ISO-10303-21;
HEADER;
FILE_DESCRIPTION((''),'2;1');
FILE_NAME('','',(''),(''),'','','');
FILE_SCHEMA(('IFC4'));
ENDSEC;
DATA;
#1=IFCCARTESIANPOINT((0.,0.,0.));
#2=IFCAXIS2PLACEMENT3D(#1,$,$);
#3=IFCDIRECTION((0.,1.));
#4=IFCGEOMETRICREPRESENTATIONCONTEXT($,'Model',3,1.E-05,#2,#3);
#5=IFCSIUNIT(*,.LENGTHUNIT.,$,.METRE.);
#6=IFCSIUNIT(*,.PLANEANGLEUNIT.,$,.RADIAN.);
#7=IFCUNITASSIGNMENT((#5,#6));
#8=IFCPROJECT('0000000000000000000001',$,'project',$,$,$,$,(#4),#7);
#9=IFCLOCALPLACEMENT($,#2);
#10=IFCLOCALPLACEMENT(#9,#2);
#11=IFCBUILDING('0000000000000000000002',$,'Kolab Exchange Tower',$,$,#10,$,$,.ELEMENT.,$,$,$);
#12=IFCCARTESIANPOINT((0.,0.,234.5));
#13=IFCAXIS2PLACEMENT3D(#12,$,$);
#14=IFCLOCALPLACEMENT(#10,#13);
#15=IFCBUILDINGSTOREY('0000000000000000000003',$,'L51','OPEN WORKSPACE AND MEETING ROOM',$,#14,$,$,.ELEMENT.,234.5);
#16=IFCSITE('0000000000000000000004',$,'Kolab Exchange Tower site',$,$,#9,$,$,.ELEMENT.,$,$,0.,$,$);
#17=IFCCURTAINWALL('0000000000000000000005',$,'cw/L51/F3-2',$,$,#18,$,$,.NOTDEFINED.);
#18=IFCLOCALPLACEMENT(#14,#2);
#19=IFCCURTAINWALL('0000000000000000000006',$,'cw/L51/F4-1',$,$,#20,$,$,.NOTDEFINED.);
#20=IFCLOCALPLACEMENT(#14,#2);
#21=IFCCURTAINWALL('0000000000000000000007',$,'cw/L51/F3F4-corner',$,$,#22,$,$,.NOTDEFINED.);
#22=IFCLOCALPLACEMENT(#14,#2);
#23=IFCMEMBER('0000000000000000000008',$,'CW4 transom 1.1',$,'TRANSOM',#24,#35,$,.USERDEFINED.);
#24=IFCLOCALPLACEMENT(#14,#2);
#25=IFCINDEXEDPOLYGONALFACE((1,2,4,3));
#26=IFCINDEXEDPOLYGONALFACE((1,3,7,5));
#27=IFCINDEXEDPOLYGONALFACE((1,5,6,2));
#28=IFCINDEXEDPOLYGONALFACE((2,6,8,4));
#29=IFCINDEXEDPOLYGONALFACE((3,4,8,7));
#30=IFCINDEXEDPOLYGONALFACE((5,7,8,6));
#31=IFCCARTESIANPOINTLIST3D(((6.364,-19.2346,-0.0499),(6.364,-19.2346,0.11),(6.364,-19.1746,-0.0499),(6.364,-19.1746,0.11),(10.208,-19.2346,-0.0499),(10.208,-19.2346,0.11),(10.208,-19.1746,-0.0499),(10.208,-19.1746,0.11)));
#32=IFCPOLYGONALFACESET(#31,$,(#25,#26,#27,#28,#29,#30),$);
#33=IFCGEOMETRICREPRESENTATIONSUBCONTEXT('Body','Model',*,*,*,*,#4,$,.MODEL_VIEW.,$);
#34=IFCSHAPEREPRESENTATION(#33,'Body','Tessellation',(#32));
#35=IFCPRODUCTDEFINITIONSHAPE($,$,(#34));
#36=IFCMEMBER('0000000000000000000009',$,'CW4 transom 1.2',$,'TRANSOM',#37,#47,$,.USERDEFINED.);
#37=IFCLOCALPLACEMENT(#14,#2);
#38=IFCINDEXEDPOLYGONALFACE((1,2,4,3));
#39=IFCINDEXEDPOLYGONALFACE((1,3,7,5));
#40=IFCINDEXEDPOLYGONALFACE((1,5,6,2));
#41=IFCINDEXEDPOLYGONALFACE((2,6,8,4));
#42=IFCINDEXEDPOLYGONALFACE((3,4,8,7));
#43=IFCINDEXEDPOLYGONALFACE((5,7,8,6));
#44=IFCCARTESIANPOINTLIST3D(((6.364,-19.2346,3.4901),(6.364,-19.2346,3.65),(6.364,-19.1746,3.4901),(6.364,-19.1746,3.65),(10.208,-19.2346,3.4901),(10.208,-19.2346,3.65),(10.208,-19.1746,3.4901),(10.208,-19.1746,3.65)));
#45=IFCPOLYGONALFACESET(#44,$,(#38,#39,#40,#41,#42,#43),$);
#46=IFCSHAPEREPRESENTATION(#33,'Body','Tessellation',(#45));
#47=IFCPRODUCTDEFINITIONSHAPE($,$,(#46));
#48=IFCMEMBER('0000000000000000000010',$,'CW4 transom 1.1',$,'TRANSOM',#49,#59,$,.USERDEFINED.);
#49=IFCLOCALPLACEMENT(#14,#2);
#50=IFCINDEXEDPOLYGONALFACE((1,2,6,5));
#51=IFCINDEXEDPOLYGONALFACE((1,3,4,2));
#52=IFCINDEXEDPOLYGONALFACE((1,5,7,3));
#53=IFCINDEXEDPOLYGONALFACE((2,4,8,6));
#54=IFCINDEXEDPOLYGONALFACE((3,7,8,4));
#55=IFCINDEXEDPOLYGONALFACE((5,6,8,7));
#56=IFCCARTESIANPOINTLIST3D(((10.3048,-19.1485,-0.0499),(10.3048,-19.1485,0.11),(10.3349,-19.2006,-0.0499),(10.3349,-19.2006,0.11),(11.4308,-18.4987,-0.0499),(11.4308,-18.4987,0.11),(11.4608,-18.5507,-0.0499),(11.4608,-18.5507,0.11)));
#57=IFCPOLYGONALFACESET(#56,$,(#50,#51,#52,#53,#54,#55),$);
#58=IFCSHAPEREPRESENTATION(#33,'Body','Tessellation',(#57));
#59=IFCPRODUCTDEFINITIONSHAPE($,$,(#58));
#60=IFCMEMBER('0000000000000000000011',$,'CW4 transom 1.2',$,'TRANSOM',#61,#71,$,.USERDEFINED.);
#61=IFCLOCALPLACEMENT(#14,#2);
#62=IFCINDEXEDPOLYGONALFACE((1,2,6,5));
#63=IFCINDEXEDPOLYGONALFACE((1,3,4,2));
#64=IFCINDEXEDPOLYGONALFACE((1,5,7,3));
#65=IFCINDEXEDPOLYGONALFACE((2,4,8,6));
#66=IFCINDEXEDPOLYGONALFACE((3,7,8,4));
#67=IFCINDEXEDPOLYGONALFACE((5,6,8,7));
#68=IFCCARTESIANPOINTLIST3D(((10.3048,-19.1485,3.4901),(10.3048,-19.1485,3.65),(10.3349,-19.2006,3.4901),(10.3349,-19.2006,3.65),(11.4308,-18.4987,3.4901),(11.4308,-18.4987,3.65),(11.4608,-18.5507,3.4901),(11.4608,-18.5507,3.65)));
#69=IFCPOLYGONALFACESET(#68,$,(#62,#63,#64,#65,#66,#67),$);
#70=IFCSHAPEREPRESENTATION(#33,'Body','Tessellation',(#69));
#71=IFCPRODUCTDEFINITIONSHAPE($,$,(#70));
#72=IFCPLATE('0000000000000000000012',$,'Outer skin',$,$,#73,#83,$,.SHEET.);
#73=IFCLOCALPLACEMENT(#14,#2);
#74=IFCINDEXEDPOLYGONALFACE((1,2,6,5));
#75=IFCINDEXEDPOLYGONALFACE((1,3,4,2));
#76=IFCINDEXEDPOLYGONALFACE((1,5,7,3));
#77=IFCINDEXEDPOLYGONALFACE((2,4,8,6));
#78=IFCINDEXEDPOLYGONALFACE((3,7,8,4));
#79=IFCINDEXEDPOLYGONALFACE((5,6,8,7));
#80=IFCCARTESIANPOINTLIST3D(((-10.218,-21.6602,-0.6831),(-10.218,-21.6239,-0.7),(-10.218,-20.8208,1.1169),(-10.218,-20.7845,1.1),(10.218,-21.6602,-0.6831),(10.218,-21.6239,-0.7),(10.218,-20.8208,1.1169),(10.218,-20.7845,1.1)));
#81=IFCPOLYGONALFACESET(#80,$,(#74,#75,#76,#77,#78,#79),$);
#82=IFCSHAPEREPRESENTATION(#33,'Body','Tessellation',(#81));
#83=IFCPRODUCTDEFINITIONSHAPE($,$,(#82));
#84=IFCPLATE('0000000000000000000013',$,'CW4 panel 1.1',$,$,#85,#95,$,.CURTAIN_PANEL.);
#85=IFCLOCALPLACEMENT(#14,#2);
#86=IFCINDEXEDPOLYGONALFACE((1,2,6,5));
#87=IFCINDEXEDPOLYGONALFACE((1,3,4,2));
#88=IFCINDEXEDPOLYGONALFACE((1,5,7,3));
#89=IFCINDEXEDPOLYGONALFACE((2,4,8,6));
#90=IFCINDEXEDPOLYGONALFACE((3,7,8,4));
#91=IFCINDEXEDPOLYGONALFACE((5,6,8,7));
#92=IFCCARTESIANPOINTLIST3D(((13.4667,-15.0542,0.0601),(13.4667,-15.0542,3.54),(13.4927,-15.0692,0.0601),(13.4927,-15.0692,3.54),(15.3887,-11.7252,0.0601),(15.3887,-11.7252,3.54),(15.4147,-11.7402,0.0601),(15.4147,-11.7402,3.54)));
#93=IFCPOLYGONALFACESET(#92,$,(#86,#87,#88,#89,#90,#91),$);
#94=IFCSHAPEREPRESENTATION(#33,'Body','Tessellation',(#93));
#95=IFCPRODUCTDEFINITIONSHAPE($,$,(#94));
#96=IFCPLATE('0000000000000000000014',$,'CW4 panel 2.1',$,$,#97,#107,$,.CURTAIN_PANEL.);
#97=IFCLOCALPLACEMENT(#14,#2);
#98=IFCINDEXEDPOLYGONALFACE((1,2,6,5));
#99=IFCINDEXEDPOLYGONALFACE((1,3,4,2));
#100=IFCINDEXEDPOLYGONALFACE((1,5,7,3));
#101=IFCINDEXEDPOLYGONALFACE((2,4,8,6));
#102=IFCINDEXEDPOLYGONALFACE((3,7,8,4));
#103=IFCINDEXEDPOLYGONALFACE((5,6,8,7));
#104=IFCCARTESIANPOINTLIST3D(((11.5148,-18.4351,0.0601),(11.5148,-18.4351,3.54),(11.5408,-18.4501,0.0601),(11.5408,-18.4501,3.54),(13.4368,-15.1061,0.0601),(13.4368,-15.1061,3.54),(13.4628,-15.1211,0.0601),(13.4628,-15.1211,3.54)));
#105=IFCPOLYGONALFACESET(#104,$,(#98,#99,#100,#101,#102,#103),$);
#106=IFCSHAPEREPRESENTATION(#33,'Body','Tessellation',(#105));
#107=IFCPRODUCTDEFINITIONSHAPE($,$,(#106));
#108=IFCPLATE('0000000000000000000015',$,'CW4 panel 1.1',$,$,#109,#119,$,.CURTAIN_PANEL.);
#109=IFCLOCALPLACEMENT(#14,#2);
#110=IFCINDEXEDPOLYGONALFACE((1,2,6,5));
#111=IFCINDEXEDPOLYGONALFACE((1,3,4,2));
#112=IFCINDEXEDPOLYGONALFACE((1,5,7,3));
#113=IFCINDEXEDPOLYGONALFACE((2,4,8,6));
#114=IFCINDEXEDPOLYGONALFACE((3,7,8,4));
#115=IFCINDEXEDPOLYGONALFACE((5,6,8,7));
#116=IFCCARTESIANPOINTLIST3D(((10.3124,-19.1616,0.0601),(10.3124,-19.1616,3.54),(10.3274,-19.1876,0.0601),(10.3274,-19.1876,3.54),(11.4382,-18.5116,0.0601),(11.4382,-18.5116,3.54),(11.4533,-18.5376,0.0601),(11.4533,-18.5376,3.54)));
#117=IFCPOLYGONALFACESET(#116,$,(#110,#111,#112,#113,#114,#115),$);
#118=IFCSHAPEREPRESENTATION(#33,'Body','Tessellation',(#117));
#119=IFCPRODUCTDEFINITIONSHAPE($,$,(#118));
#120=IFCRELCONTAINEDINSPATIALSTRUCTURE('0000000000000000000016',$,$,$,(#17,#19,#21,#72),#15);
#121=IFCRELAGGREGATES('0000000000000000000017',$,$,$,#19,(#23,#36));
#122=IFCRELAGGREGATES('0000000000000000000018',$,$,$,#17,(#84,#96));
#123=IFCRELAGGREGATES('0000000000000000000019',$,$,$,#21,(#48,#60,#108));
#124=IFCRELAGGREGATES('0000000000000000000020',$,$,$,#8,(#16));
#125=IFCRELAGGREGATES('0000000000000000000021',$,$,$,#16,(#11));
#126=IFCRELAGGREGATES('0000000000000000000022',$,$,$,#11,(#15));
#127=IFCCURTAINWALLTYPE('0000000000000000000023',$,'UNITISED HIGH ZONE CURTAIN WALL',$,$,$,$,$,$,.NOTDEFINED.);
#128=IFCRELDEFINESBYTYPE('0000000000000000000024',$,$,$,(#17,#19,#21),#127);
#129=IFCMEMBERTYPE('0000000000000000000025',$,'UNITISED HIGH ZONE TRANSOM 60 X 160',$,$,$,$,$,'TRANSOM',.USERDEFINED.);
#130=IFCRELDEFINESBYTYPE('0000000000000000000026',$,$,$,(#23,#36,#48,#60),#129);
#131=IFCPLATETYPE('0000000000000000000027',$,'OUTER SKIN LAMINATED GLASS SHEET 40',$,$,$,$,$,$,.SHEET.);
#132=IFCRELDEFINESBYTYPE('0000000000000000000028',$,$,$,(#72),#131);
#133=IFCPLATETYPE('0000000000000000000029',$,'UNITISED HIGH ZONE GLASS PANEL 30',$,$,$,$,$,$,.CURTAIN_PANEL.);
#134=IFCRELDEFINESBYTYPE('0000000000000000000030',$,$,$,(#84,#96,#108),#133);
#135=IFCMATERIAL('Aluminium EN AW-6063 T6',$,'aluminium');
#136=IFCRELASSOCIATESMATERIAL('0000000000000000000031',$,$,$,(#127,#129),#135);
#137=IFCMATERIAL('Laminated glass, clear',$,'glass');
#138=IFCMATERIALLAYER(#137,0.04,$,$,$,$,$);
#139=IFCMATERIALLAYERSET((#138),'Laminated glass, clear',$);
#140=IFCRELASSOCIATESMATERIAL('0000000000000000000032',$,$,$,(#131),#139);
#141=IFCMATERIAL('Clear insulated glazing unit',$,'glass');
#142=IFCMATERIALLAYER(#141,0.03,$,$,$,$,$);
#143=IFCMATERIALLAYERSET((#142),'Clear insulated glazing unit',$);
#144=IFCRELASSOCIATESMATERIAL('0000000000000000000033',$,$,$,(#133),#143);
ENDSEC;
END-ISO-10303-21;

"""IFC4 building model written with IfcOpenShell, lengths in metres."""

from ifc_helpers import new_model, si_unit, direction, frame, origin, origin_2d, place, context, subcontext, project, spatial, polyline, rectangle, outline, extrude, material, layer, layer_set, material_profile, profile_set, type_object, element, aggregate, save


model = new_model("IFC4")

# Units and contexts
model_context = context("Model", 3, precision=1e-05, world=origin(), true_north=direction((0.0, 1.0)))
body_context = subcontext(model_context, "Body", "Model", "MODEL_VIEW")
ifc_project = project(units=[si_unit("LENGTHUNIT", "METRE"), si_unit("PLANEANGLEUNIT", "RADIAN")], contexts=[model_context])

# Site, building, storey
site_placement = place(None, origin())
site = spatial("IfcSite", under=ifc_project, at=site_placement, Name="Kolab Exchange Tower site", CompositionType="ELEMENT", RefElevation=0.0)
building_placement = place(site_placement, origin())
building = spatial("IfcBuilding", under=site, at=building_placement, Name="Kolab Exchange Tower", CompositionType="ELEMENT")
storey_placement = place(building_placement, frame((0.0, 0.0, 234.5)))
storey = spatial("IfcBuildingStorey", under=building, at=storey_placement, Name="L51", Description="OPEN WORKSPACE AND MEETING ROOM", CompositionType="ELEMENT", Elevation=234.5)

# Curtain wall
ifc_material_1 = material(Name="Aluminium EN AW-6063 T6", Category="aluminium")
curtain_wall_type = type_object("IfcCurtainWallType", Name="UNITISED HIGH ZONE CURTAIN WALL", PredefinedType="NOTDEFINED", material=ifc_material_1)
curtain_wall_1_placement = place(storey_placement, origin())
curtain_wall_1 = element("IfcCurtainWall", 1, at=curtain_wall_1_placement, inside=storey, type_object=curtain_wall_type, Name="cw/L51/F3-2", PredefinedType="NOTDEFINED")

# Curtain wall
curtain_wall_2_placement = place(storey_placement, origin())
curtain_wall_2 = element("IfcCurtainWall", 2, at=curtain_wall_2_placement, inside=storey, type_object=curtain_wall_type, Name="cw/L51/F4-1", PredefinedType="NOTDEFINED")

# Curtain wall
curtain_wall_3_placement = place(storey_placement, origin())
curtain_wall_3 = element("IfcCurtainWall", 3, at=curtain_wall_3_placement, inside=storey, type_object=curtain_wall_type, Name="cw/L51/F3F4-corner", PredefinedType="NOTDEFINED")

# Members
ifc_material_profile_1 = material_profile(ifc_material_1, rectangle(XDim=0.0601, YDim=0.1599, at=origin_2d()), Name="RECT 60X160")
ifc_profile_set_1 = profile_set([ifc_material_profile_1], Name="Aluminium EN AW-6063 T6")
member_type_1 = type_object("IfcMemberType", Name="UNITISED HIGH ZONE TRANSOM 60 X 160", ElementType="TRANSOM", PredefinedType="USERDEFINED", material=ifc_profile_set_1)
member_1_placement = place(storey_placement, frame((10.208, -19.2046, 0.03), z_axis=(-1.0, 0.0, 0.0), x_axis=(0.0, -1.0, 0.0)))
member_1 = element("IfcMember", 4, at=member_1_placement, type_object=member_type_1, Name="CW4 transom 1.1", ObjectType="TRANSOM", PredefinedType="USERDEFINED", context=body_context, shape_type="SweptSolid", body=[
    extrude(rectangle(XDim=0.0601, YDim=0.1599, at=origin_2d()), origin(), (0.0, 0.0, 1.0), 3.844),
])
member_2_placement = place(storey_placement, frame((10.208, -19.2046, 3.5701), z_axis=(-1.0, 0.0, 0.0), x_axis=(0.0, -1.0, 0.0)))
member_2 = element("IfcMember", 5, at=member_2_placement, type_object=member_type_1, Name="CW4 transom 1.2", ObjectType="TRANSOM", PredefinedType="USERDEFINED", context=body_context, shape_type="SweptSolid", body=[
    extrude(rectangle(XDim=0.0601, YDim=0.1599, at=origin_2d()), origin(), (0.0, 0.0, 1.0), 3.844),
])
aggregate(curtain_wall_2, [member_1, member_2])
member_3_placement = place(storey_placement, frame((11.4458, -18.5247, 0.03), z_axis=(-0.866086, -0.499896, 0.0), x_axis=(0.499896, -0.866086, 0.0)))
member_3 = element("IfcMember", 6, at=member_3_placement, type_object=member_type_1, Name="CW4 transom 1.1", ObjectType="TRANSOM", PredefinedType="USERDEFINED", context=body_context, shape_type="SweptSolid", body=[
    extrude(rectangle(XDim=0.0601, YDim=0.1599, at=origin_2d()), origin(), (0.0, 0.0, 1.0), 1.3),
])
member_4_placement = place(storey_placement, frame((11.4458, -18.5247, 3.5701), z_axis=(-0.866086, -0.499896, 0.0), x_axis=(0.499896, -0.866086, 0.0)))
member_4 = element("IfcMember", 7, at=member_4_placement, type_object=member_type_1, Name="CW4 transom 1.2", ObjectType="TRANSOM", PredefinedType="USERDEFINED", context=body_context, shape_type="SweptSolid", body=[
    extrude(rectangle(XDim=0.0601, YDim=0.1599, at=origin_2d()), origin(), (0.0, 0.0, 1.0), 1.3),
])

# Plates
ifc_material_2 = material(Name="Laminated glass, clear", Category="glass")
ifc_layer_1 = layer(ifc_material_2, 0.04)
ifc_layer_set_1 = layer_set([ifc_layer_1], Name="Laminated glass, clear")
plate_type_1 = type_object("IfcPlateType", Name="OUTER SKIN LAMINATED GLASS SHEET 40", PredefinedType="SHEET", material=ifc_layer_set_1)
plate_1_placement = place(storey_placement, frame((10.218, -21.6602, -0.6831), z_axis=(0.0, -0.906312, 0.42261), x_axis=(-1.0, 0.0, 0.0)))
element("IfcPlate", 8, at=plate_1_placement, inside=storey, type_object=plate_type_1, Name="Outer skin", PredefinedType="SHEET", context=body_context, shape_type="SweptSolid", body=[
    extrude(outline(polyline([(0.0, 0.0), (20.436, 0.0), (20.436, -1.9861), (0.0, -1.9861), (0.0, 0.0)])), origin(), (0.0, 0.0, -1.0), 0.04),
])
ifc_material_3 = material(Name="Clear insulated glazing unit", Category="glass")
ifc_layer_2 = layer(ifc_material_3, 0.03)
ifc_layer_set_2 = layer_set([ifc_layer_2], Name="Clear insulated glazing unit")
plate_type_2 = type_object("IfcPlateType", Name="UNITISED HIGH ZONE GLASS PANEL 30", PredefinedType="CURTAIN_PANEL", material=ifc_layer_set_2)
plate_2_placement = place(storey_placement, frame((14.4407, -13.3972, 0.0601), z_axis=(0.0, 0.0, 1.0), x_axis=(-0.5, -0.866025, 0.0)))
plate_2 = element("IfcPlate", 9, at=plate_2_placement, type_object=plate_type_2, Name="CW4 panel 1.1", PredefinedType="CURTAIN_PANEL", context=body_context, shape_type="SweptSolid", body=[
    extrude(rectangle(XDim=3.844, YDim=0.03, at=origin_2d()), origin(), (0.0, 0.0, 1.0), 3.48),
])
plate_3_placement = place(storey_placement, frame((12.4888, -16.7781, 0.0601), z_axis=(0.0, 0.0, 1.0), x_axis=(-0.5, -0.866025, 0.0)))
plate_3 = element("IfcPlate", 10, at=plate_3_placement, type_object=plate_type_2, Name="CW4 panel 2.1", PredefinedType="CURTAIN_PANEL", context=body_context, shape_type="SweptSolid", body=[
    extrude(rectangle(XDim=3.844, YDim=0.03, at=origin_2d()), origin(), (0.0, 0.0, 1.0), 3.48),
])
aggregate(curtain_wall_1, [plate_2, plate_3])
plate_4_placement = place(storey_placement, frame((10.8828, -18.8496, 0.0601), z_axis=(0.0, 0.0, 1.0), x_axis=(-0.866025, -0.5, 0.0)))
plate_4 = element("IfcPlate", 11, at=plate_4_placement, type_object=plate_type_2, Name="CW4 panel 1.1", PredefinedType="CURTAIN_PANEL", context=body_context, shape_type="SweptSolid", body=[
    extrude(rectangle(XDim=1.3, YDim=0.03, at=origin_2d()), origin(), (0.0, 0.0, 1.0), 3.48),
])
aggregate(curtain_wall_3, [member_3, member_4, plate_4])

save(model, "model.ifc")
